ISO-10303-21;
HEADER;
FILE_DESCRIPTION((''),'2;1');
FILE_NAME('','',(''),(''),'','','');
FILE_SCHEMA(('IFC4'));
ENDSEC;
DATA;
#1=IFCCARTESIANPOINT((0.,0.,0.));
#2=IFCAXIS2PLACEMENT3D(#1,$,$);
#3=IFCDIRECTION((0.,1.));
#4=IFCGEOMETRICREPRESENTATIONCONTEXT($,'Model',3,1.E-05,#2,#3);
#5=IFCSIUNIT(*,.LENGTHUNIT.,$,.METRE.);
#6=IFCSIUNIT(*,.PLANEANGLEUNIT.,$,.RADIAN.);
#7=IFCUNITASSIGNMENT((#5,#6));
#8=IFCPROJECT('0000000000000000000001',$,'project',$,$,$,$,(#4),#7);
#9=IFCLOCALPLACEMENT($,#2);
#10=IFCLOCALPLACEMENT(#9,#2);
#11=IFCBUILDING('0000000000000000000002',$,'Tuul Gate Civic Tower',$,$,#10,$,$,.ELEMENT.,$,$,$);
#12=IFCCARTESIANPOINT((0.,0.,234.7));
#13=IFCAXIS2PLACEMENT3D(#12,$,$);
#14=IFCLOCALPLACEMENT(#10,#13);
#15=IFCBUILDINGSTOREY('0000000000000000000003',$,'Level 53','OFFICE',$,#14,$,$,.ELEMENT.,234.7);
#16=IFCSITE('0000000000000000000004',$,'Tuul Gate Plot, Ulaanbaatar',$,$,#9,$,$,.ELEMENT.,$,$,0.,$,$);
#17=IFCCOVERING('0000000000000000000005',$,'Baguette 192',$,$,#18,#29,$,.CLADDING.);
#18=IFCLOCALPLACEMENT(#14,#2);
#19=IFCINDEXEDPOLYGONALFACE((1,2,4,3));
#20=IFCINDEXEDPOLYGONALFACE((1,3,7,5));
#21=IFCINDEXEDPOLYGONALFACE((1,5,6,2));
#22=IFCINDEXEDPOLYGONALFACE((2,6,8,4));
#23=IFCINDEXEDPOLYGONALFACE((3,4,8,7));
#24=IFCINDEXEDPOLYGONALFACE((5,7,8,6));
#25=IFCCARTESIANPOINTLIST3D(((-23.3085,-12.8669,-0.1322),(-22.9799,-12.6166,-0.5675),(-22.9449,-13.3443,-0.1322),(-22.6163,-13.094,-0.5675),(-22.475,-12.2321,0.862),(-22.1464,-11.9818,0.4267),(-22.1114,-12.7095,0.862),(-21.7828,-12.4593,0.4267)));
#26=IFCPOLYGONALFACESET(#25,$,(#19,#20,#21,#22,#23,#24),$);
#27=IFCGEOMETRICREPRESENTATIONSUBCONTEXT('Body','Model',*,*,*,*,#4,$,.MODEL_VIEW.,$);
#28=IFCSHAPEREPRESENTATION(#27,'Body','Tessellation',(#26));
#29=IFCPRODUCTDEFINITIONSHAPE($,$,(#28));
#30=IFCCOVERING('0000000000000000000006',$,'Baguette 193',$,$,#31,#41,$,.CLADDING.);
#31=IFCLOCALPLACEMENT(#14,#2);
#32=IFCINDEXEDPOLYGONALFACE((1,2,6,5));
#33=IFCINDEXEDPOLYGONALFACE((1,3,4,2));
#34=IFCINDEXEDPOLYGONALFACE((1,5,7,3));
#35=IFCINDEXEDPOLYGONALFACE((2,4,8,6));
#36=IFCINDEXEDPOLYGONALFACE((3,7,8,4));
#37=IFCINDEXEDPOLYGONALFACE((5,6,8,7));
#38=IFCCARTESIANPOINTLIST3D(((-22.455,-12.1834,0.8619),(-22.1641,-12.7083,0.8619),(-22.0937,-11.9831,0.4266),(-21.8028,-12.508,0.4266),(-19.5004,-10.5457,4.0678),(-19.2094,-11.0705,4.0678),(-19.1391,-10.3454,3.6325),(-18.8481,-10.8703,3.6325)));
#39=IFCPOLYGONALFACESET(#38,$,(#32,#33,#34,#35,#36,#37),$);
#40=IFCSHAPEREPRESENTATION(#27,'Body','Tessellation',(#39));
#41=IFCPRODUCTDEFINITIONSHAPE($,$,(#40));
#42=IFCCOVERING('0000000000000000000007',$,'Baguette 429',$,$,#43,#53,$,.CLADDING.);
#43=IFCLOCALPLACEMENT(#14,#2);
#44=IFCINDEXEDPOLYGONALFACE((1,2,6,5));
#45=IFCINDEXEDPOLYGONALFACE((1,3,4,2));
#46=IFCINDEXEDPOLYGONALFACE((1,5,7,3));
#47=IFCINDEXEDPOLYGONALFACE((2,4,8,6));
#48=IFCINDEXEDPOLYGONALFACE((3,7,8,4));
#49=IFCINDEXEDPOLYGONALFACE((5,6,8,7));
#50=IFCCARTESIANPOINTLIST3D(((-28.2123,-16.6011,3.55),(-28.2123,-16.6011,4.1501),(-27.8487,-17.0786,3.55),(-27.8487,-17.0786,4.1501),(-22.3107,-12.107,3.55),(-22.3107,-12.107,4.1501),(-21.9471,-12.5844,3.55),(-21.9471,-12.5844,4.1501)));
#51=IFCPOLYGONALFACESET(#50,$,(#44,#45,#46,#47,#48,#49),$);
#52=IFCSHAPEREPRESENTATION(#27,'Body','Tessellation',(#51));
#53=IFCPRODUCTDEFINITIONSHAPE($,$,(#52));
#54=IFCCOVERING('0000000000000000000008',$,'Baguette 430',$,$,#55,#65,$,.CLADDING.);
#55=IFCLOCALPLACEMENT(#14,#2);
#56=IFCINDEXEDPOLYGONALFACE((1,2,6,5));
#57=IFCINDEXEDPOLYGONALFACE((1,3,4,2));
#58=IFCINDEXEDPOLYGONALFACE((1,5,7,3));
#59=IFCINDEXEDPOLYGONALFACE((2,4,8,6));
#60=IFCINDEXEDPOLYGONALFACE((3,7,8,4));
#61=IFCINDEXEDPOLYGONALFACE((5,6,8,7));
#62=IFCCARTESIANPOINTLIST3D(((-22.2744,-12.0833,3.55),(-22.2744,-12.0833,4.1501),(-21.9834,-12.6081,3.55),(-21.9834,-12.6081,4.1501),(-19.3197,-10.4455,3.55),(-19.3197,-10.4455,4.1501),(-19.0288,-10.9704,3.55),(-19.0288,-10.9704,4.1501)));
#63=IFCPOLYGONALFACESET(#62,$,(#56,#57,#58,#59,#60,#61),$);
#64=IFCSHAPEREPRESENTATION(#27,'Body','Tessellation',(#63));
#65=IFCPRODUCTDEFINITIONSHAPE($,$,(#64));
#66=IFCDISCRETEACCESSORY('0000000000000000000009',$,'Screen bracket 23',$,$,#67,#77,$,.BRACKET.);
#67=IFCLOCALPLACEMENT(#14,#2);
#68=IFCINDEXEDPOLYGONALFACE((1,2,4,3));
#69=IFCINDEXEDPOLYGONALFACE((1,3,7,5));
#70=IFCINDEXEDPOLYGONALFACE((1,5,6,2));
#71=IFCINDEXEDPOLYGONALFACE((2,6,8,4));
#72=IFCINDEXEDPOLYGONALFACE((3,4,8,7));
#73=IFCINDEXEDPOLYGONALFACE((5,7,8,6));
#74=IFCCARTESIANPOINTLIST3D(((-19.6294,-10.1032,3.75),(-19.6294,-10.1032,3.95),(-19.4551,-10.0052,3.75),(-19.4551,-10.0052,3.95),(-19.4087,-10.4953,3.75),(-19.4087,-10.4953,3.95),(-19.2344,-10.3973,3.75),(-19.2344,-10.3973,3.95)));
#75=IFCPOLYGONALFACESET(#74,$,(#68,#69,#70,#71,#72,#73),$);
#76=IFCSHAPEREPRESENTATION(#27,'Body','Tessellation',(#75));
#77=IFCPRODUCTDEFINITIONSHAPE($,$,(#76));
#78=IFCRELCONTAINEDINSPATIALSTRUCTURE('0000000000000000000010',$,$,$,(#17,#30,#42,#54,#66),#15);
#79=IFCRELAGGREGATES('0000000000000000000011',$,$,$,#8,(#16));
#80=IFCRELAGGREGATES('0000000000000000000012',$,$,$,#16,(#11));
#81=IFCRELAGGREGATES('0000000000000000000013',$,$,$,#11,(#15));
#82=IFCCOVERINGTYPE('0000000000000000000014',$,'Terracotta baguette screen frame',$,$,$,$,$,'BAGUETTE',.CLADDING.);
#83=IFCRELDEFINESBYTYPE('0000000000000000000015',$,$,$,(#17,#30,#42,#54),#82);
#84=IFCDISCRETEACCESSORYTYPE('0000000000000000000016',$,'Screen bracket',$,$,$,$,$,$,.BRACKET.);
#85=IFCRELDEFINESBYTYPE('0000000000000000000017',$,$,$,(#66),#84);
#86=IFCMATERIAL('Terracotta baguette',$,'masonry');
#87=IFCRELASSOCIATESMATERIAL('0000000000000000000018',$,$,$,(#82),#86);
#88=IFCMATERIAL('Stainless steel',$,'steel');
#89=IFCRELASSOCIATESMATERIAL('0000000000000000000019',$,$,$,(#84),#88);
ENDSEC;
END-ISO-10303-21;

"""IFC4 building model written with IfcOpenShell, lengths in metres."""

from ifc_helpers import new_model, si_unit, direction, frame, origin, origin_2d, place, context, subcontext, project, spatial, rectangle, extrude, material, material_profile, profile_set, type_object, element, save


model = new_model("IFC4")

# Units and contexts
model_context = context("Model", 3, precision=1e-05, world=origin(), true_north=direction((0.0, 1.0)))
body_context = subcontext(model_context, "Body", "Model", "MODEL_VIEW")
ifc_project = project(units=[si_unit("LENGTHUNIT", "METRE"), si_unit("PLANEANGLEUNIT", "RADIAN")], contexts=[model_context])

# Site, building, storey
site_placement = place(None, origin())
site = spatial("IfcSite", under=ifc_project, at=site_placement, Name="Tuul Gate Plot, Ulaanbaatar", CompositionType="ELEMENT", RefElevation=0.0)
building_placement = place(site_placement, origin())
building = spatial("IfcBuilding", under=site, at=building_placement, Name="Tuul Gate Civic Tower", CompositionType="ELEMENT")
storey_placement = place(building_placement, frame((0.0, 0.0, 234.7)))
storey = spatial("IfcBuildingStorey", under=building, at=storey_placement, Name="Level 53", Description="OFFICE", CompositionType="ELEMENT", Elevation=234.7)

# Coverings
ifc_material_1 = material(Name="Terracotta baguette", Category="masonry")
ifc_material_profile_1 = material_profile(ifc_material_1, rectangle(XDim=0.6001, YDim=0.6001, at=origin_2d()), Name="Terracotta baguette screen frame")
ifc_profile_set_1 = profile_set([ifc_material_profile_1], Name="Terracotta baguette")
covering_type = type_object("IfcCoveringType", Name="Terracotta baguette screen frame", ElementType="BAGUETTE", PredefinedType="CLADDING", material=ifc_profile_set_1)
covering_1_placement = place(storey_placement, frame((-22.9624, -12.9805, -0.3499), z_axis=(0.5771, 0.439502, 0.688327), x_axis=(-0.605875, 0.79556, 0.0)))
element("IfcCovering", 1, at=covering_1_placement, inside=storey, type_object=covering_type, Name="Baguette 192", PredefinedType="CLADDING", context=body_context, shape_type="SweptSolid", body=[
    extrude(rectangle(XDim=0.6001, YDim=0.6001, at=origin_2d()), origin(), (0.0, 0.0, 1.0), 1.4443),
])
covering_2_placement = place(storey_placement, frame((-22.1289, -12.3457, 0.6443), z_axis=(0.634423, 0.351653, 0.688366), x_axis=(-0.484796, 0.874627, 0.0)))
element("IfcCovering", 2, at=covering_2_placement, inside=storey, type_object=covering_type, Name="Baguette 193", PredefinedType="CLADDING", context=body_context, shape_type="SweptSolid", body=[
    extrude(rectangle(XDim=0.6001, YDim=0.6001, at=origin_2d()), origin(), (0.0, 0.0, 1.0), 4.6572),
])
covering_3_placement = place(storey_placement, frame((-28.0305, -16.8398, 3.8501), z_axis=(0.795583, 0.605845, 0.0), x_axis=(-0.605845, 0.795583, 0.0)))
element("IfcCovering", 3, at=covering_3_placement, inside=storey, type_object=covering_type, Name="Baguette 429", PredefinedType="CLADDING", context=body_context, shape_type="SweptSolid", body=[
    extrude(rectangle(XDim=0.6001, YDim=0.6001, at=origin_2d()), origin(), (0.0, 0.0, 1.0), 7.418),
])
covering_4_placement = place(storey_placement, frame((-22.1289, -12.3457, 3.8501), z_axis=(0.874627, 0.484796, 0.0), x_axis=(-0.484796, 0.874627, 0.0)))
element("IfcCovering", 4, at=covering_4_placement, inside=storey, type_object=covering_type, Name="Baguette 430", PredefinedType="CLADDING", context=body_context, shape_type="SweptSolid", body=[
    extrude(rectangle(XDim=0.6001, YDim=0.6001, at=origin_2d()), origin(), (0.0, 0.0, 1.0), 3.3782),
])

# Discrete accessory
ifc_material_2 = material(Name="Stainless steel", Category="steel")
discrete_accessory_type = type_object("IfcDiscreteAccessoryType", Name="Screen bracket", PredefinedType="BRACKET", material=ifc_material_2)
discrete_accessory_placement = place(storey_placement, frame((-19.4319, -10.2502, 3.75), z_axis=(0.0, 0.0, 1.0), x_axis=(0.490463, -0.871462, 0.0)))
element("IfcDiscreteAccessory", 5, at=discrete_accessory_placement, inside=storey, type_object=discrete_accessory_type, Name="Screen bracket 23", PredefinedType="BRACKET", context=body_context, shape_type="SweptSolid", body=[
    extrude(rectangle(XDim=0.45, YDim=0.2, at=origin_2d()), origin(), (0.0, 0.0, 1.0), 0.2),
])

save(model, "model.ifc")
